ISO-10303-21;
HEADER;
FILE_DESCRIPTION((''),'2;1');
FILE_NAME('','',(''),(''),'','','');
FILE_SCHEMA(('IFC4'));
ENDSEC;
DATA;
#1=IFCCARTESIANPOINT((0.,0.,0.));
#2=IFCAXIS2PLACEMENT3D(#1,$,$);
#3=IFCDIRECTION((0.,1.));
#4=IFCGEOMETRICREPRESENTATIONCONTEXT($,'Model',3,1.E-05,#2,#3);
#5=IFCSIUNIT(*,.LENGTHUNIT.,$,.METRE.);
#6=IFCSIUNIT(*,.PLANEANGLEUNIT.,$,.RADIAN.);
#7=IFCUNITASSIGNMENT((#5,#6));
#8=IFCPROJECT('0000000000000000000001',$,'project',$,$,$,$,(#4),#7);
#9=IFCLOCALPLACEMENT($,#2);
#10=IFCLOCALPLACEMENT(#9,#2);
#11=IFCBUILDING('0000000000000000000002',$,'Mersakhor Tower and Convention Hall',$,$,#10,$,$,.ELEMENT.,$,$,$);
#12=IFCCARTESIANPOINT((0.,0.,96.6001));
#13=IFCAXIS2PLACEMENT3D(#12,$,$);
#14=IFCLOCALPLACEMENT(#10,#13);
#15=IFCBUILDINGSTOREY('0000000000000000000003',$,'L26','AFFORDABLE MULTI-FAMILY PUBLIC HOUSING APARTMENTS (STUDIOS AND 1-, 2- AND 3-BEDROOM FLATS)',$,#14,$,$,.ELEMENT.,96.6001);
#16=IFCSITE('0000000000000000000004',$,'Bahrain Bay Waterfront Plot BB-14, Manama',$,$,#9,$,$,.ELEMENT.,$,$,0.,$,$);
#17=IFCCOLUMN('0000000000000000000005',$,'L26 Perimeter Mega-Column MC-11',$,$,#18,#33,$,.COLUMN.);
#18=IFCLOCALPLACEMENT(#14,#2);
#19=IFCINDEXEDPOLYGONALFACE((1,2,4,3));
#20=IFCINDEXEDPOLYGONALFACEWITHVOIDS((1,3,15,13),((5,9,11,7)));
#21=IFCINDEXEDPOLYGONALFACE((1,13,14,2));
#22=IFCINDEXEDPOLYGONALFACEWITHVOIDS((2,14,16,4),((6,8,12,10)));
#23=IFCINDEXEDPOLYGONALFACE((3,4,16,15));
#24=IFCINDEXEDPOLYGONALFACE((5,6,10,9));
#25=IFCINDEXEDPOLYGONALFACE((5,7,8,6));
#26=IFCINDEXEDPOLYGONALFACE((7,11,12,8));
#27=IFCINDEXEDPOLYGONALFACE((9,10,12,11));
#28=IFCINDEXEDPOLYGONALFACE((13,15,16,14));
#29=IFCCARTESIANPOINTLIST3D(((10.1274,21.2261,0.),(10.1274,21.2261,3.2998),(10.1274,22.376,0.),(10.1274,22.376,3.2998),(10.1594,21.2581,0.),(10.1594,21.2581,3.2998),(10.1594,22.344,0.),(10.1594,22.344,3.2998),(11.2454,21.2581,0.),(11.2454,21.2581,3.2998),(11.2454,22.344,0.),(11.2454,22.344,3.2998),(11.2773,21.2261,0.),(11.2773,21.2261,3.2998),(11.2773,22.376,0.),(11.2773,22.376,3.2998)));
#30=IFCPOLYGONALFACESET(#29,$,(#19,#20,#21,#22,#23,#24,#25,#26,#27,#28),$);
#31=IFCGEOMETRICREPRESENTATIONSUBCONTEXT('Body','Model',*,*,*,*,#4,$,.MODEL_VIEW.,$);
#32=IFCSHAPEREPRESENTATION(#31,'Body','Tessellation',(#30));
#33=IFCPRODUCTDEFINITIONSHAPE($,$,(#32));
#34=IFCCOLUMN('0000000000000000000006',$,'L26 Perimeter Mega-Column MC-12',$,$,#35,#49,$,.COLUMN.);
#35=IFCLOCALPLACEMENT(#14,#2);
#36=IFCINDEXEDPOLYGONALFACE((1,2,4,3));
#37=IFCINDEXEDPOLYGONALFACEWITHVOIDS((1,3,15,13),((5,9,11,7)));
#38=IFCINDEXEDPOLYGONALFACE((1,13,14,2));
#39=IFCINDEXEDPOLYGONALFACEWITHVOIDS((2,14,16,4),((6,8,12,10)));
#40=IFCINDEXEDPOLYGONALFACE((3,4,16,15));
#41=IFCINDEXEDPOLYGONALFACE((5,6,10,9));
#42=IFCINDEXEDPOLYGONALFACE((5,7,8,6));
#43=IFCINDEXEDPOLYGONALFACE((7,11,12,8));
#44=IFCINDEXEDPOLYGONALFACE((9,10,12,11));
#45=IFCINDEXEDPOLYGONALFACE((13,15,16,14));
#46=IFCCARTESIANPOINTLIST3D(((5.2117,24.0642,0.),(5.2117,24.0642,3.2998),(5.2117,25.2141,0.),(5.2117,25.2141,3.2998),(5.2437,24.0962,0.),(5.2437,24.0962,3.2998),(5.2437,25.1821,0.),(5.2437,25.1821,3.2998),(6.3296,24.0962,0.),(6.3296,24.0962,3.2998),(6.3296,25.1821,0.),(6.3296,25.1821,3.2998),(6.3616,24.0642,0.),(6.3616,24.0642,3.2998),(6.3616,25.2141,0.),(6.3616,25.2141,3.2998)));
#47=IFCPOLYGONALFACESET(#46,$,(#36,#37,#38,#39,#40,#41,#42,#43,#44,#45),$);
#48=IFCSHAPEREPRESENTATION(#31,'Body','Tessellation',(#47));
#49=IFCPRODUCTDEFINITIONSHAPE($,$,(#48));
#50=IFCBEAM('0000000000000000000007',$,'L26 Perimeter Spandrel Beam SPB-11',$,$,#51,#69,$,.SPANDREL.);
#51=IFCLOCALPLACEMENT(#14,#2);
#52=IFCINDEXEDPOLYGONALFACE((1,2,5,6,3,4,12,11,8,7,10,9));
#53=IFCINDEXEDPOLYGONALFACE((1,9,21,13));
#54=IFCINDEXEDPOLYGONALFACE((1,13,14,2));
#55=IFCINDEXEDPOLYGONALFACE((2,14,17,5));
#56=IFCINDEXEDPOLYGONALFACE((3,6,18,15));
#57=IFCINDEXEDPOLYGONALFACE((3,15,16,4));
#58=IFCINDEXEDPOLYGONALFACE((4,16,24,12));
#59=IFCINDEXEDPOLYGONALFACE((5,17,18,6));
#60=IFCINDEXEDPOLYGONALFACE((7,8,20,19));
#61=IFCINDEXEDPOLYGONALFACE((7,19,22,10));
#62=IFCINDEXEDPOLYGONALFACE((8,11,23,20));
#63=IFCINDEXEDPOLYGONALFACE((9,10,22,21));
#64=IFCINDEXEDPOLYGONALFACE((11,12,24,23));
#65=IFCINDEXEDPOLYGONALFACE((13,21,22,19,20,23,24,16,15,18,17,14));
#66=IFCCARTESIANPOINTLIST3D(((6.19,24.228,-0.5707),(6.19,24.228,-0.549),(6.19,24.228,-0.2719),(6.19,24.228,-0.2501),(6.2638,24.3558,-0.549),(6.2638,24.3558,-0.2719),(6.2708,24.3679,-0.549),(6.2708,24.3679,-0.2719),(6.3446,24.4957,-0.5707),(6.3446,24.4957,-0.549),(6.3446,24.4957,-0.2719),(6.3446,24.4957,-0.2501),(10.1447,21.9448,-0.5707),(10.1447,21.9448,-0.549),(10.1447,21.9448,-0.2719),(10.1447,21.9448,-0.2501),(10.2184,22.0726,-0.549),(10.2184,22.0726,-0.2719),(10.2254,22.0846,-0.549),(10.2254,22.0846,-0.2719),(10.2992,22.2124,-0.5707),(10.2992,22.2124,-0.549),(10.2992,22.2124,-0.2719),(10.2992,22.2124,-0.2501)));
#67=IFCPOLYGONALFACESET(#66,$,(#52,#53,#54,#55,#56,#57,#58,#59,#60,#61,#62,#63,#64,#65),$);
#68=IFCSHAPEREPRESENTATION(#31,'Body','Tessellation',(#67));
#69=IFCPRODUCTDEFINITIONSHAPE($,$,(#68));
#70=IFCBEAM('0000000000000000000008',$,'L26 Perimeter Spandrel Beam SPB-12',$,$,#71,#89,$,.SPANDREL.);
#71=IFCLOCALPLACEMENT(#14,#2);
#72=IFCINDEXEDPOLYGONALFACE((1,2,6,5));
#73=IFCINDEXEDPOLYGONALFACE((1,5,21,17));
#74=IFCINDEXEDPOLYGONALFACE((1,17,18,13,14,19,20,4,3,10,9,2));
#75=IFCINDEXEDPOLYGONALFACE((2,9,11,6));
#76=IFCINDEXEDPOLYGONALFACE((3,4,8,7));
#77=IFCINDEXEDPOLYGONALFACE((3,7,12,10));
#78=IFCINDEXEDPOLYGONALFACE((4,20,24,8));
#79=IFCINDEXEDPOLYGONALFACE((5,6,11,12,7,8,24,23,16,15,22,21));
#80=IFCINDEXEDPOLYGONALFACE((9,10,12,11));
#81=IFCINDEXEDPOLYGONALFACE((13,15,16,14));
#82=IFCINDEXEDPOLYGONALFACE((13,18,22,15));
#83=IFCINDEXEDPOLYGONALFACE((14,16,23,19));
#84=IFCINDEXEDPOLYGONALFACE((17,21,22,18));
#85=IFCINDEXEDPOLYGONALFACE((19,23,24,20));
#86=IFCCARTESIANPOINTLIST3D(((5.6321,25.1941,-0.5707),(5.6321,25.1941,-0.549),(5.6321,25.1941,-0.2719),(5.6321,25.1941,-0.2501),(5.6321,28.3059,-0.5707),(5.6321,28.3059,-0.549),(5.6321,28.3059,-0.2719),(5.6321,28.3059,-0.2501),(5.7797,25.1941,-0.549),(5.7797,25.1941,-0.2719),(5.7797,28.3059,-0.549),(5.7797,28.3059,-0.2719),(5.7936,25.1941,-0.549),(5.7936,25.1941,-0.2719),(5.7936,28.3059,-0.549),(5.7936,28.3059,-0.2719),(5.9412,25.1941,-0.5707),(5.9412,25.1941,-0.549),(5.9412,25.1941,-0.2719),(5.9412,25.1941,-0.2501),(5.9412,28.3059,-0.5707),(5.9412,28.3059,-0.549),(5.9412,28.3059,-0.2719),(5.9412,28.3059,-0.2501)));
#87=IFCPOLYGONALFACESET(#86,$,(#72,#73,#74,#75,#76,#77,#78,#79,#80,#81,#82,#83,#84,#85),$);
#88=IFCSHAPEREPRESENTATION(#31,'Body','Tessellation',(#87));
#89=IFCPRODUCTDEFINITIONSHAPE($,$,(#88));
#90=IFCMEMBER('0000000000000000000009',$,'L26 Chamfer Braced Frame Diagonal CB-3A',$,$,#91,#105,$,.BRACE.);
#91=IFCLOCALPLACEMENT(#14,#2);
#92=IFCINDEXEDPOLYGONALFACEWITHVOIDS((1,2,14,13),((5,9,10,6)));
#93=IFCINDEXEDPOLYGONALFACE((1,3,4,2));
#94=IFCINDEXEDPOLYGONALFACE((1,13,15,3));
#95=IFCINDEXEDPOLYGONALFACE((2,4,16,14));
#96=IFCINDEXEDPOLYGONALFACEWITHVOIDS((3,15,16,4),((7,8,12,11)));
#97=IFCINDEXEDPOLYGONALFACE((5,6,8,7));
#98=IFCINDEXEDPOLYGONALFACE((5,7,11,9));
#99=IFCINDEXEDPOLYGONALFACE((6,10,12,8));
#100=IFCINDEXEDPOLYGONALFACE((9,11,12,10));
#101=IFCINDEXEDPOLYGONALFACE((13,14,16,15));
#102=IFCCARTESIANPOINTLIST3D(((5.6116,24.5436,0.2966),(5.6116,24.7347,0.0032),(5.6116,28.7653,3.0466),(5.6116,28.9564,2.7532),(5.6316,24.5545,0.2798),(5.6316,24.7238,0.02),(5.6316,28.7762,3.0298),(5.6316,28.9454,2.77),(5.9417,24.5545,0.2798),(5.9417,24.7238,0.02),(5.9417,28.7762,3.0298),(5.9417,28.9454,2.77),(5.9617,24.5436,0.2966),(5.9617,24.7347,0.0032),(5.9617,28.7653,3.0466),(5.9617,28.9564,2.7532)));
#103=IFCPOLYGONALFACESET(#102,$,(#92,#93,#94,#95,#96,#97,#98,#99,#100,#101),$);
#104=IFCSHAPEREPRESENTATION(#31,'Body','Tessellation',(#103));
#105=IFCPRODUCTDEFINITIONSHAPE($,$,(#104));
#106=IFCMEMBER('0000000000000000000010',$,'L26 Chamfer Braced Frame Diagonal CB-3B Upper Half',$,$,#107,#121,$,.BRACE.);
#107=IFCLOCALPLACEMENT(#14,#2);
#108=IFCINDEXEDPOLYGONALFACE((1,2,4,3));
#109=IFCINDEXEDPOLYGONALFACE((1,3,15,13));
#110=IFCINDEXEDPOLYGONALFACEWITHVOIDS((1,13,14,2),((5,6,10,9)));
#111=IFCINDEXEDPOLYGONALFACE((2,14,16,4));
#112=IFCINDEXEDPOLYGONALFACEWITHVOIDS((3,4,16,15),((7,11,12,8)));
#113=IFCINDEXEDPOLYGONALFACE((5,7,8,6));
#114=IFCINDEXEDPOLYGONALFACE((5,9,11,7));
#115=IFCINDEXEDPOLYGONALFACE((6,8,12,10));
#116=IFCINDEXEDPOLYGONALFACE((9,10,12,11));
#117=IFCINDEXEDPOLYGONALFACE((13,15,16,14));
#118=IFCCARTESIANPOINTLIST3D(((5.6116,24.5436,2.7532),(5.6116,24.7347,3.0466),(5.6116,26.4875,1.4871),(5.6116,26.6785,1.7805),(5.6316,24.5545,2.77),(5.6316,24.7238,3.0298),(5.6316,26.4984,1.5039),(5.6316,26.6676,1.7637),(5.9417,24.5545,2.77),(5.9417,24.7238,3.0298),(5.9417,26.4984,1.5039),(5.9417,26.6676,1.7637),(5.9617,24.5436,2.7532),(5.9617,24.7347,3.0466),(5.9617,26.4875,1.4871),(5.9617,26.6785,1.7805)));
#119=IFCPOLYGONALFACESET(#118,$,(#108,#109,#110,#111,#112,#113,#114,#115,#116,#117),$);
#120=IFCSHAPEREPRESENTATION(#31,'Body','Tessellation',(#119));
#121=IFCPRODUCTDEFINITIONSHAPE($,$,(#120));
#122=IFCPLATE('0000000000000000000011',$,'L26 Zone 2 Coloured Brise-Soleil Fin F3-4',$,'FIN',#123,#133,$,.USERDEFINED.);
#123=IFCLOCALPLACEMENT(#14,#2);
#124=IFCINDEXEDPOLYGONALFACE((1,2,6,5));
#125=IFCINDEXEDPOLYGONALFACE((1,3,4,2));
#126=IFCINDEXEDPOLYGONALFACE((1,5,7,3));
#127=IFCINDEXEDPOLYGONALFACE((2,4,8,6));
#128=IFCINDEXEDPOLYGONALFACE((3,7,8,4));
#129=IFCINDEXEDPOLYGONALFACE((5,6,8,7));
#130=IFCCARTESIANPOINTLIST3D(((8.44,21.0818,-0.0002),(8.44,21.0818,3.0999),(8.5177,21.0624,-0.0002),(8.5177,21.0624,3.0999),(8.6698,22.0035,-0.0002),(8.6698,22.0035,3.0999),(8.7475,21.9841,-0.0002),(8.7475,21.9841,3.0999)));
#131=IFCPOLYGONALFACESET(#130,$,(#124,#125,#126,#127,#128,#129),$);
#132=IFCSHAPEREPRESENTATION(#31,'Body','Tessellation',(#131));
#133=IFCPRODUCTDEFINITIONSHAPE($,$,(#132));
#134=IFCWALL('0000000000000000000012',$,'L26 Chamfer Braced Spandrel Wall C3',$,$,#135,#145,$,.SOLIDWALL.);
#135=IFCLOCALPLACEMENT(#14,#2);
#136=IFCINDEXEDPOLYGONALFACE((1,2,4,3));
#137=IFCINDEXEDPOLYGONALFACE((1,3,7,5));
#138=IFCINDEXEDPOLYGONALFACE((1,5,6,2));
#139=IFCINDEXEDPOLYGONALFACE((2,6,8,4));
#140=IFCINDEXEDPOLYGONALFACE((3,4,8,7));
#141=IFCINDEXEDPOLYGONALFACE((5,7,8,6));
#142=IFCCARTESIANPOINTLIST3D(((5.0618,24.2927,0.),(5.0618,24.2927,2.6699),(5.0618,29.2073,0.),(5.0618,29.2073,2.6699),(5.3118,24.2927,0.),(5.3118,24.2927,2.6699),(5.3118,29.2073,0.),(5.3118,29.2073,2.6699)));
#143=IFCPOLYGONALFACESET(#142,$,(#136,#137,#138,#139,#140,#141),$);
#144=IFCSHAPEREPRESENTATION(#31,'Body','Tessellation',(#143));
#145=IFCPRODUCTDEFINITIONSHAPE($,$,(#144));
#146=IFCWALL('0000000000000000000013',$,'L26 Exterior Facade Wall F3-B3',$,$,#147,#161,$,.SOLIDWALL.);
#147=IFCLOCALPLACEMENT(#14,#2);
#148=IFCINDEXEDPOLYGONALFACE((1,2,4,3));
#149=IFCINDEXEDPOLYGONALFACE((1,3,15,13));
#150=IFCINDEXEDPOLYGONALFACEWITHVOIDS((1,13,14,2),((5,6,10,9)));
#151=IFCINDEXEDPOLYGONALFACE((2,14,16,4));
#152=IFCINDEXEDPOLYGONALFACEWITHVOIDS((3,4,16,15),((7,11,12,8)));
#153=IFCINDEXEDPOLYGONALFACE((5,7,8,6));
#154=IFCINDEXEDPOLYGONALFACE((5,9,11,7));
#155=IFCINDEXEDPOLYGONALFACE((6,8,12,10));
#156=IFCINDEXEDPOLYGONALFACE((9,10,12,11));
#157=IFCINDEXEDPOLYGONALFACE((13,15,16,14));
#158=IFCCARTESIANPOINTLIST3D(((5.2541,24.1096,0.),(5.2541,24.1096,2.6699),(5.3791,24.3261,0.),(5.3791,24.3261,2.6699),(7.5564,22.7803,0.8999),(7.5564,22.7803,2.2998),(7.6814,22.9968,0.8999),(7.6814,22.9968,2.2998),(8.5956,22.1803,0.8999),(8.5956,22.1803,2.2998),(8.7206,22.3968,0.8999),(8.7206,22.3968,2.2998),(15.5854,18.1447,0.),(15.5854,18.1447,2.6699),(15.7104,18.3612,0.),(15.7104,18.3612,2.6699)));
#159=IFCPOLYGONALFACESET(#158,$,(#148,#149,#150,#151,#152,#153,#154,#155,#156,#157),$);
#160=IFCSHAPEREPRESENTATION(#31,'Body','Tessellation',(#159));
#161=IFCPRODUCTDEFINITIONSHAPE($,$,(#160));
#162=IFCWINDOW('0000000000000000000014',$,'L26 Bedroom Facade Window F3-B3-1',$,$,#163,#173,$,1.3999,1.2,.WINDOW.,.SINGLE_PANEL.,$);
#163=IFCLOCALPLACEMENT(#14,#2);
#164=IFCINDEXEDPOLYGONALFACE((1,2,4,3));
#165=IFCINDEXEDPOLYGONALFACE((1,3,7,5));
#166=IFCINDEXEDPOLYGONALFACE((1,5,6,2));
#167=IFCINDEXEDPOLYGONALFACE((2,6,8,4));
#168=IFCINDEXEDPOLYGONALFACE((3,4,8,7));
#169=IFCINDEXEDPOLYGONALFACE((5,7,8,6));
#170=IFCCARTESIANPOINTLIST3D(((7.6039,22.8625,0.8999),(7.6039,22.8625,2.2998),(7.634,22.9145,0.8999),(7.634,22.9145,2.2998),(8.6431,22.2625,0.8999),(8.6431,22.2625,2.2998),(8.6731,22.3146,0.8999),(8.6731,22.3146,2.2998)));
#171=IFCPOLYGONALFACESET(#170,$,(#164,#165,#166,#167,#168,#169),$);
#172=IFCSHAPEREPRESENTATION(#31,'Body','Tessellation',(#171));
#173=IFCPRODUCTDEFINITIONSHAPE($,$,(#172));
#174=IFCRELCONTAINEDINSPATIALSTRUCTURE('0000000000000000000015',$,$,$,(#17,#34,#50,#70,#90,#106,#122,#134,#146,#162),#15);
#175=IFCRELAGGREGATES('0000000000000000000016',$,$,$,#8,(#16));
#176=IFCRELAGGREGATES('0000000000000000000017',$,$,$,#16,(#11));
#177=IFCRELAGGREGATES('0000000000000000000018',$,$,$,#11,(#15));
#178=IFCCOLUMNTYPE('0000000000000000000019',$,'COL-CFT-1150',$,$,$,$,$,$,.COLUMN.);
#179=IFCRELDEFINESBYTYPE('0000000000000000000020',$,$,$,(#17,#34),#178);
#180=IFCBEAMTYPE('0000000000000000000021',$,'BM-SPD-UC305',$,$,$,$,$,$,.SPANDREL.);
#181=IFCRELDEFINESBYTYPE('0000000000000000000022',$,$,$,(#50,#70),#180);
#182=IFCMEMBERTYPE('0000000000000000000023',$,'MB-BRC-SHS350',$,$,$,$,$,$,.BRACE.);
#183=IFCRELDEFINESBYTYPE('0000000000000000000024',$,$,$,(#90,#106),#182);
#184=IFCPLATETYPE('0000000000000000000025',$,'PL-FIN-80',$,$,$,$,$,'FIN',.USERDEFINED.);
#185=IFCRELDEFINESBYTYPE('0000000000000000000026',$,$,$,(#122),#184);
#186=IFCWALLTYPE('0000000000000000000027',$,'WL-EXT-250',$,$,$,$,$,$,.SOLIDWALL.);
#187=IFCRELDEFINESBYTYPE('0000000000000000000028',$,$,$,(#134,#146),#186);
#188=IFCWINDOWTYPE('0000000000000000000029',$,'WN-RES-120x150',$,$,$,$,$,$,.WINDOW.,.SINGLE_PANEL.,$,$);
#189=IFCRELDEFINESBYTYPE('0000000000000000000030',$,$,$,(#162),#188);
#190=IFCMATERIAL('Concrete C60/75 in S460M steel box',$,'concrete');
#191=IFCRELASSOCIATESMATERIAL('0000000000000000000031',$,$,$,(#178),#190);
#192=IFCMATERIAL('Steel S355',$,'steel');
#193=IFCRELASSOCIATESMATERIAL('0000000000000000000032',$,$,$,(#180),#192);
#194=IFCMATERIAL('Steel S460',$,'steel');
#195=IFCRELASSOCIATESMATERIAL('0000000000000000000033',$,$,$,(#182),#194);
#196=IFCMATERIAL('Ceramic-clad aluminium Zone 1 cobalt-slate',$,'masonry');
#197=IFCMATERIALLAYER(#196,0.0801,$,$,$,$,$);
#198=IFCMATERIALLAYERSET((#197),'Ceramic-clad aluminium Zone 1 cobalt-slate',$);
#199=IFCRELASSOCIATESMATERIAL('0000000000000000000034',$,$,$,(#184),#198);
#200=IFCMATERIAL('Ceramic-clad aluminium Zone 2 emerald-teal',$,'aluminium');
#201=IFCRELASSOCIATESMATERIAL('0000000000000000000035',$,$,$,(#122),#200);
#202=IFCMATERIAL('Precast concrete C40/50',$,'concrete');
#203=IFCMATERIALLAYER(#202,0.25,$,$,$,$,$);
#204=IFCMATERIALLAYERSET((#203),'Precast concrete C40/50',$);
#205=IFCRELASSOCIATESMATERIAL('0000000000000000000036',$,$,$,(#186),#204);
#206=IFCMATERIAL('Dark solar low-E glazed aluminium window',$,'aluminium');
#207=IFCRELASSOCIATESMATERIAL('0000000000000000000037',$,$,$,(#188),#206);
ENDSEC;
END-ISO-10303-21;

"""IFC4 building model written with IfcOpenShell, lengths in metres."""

from ifc_helpers import new_model, si_unit, direction, frame, frame_2d, origin, origin_2d, place, context, subcontext, project, spatial, rectangle, hollow_rectangle, i_section, extrude, material, layer, layer_set, material_profile, profile_set, type_object, element, fill, save


model = new_model("IFC4")

# Units and contexts
model_context = context("Model", 3, precision=1e-05, world=origin(), true_north=direction((0.0, 1.0)))
body_context = subcontext(model_context, "Body", "Model", "MODEL_VIEW")
ifc_project = project(units=[si_unit("LENGTHUNIT", "METRE"), si_unit("PLANEANGLEUNIT", "RADIAN")], contexts=[model_context])

# Site, building, storey
site_placement = place(None, origin())
site = spatial("IfcSite", under=ifc_project, at=site_placement, Name="Bahrain Bay Waterfront Plot BB-14, Manama", CompositionType="ELEMENT", RefElevation=0.0)
building_placement = place(site_placement, origin())
building = spatial("IfcBuilding", under=site, at=building_placement, Name="Mersakhor Tower and Convention Hall", CompositionType="ELEMENT")
storey_placement = place(building_placement, frame((0.0, 0.0, 96.6001)))
storey = spatial("IfcBuildingStorey", under=building, at=storey_placement, Name="L26", Description="AFFORDABLE MULTI-FAMILY PUBLIC HOUSING APARTMENTS (STUDIOS AND 1-, 2- AND 3-BEDROOM FLATS)", CompositionType="ELEMENT", Elevation=96.6001)

# Columns
ifc_material_1 = material(Name="Concrete C60/75 in S460M steel box", Category="concrete")
ifc_material_profile_1 = material_profile(ifc_material_1, hollow_rectangle(XDim=1.1499, YDim=1.1499, WallThickness=0.032, at=origin_2d()), Name="SHS 1150x1150x32")
ifc_profile_set_1 = profile_set([ifc_material_profile_1], Name="Concrete C60/75 in S460M steel box")
column_type = type_object("IfcColumnType", Name="COL-CFT-1150", PredefinedType="COLUMN", material=ifc_profile_set_1)
for number, where, z_axis, x_axis, name in (
    (1, (10.7024, 21.801, 0.0), (0.0, 0.0, 1.0), (1.0, 0.0, 0.0), "L26 Perimeter Mega-Column MC-11"),
    (2, (5.7866, 24.6392, 0.0), (0.0, 0.0, 1.0), (1.0, 0.0, 0.0), "L26 Perimeter Mega-Column MC-12"),
):
    element("IfcColumn", number, at=place(storey_placement, frame(where, z_axis=z_axis, x_axis=x_axis)), inside=storey, type_object=column_type, Name=name, PredefinedType="COLUMN", context=body_context, shape_type="SweptSolid", body=[
        extrude(hollow_rectangle(XDim=1.1499, YDim=1.1499, WallThickness=0.032, at=origin_2d()), origin(), (0.0, 0.0, 1.0), 3.2998),
    ])

# Beams
ifc_material_2 = material(Name="Steel S355", Category="steel")
ifc_material_profile_2 = material_profile(ifc_material_2, i_section(OverallWidth=0.3091, OverallDepth=0.3206, WebThickness=0.0139, FlangeThickness=0.0217, at=origin_2d()), Name="UC 305x305x137")
ifc_profile_set_2 = profile_set([ifc_material_profile_2], Name="Steel S355")
beam_type = type_object("IfcBeamType", Name="BM-SPD-UC305", PredefinedType="SPANDREL", material=ifc_profile_set_2)
beam_1_placement = place(storey_placement, frame((10.2219, 22.0786, -0.4104), z_axis=(-0.866024, 0.500003, 0.0), x_axis=(-0.500003, -0.866024, 0.0)))
element("IfcBeam", 3, at=beam_1_placement, inside=storey, type_object=beam_type, Name="L26 Perimeter Spandrel Beam SPB-11", PredefinedType="SPANDREL", context=body_context, shape_type="SweptSolid", body=[
    extrude(i_section(OverallWidth=0.3091, OverallDepth=0.3206, WebThickness=0.0139, FlangeThickness=0.0217, at=origin_2d()), origin(), (0.0, 0.0, 1.0), 4.5664),
])
beam_2_placement = place(storey_placement, frame((5.7866, 25.1941, -0.4104), z_axis=(0.0, 1.0, 0.0), x_axis=(-1.0, 0.0, 0.0)))
element("IfcBeam", 4, at=beam_2_placement, inside=storey, type_object=beam_type, Name="L26 Perimeter Spandrel Beam SPB-12", PredefinedType="SPANDREL", context=body_context, shape_type="SweptSolid", body=[
    extrude(i_section(OverallWidth=0.3091, OverallDepth=0.3206, WebThickness=0.0139, FlangeThickness=0.0217, at=origin_2d()), origin(), (0.0, 0.0, 1.0), 3.1118),
])

# Members
ifc_material_3 = material(Name="Steel S460", Category="steel")
ifc_material_profile_3 = material_profile(ifc_material_3, hollow_rectangle(XDim=0.3501, YDim=0.3501, WallThickness=0.02, at=origin_2d()), Name="SHS 350x350x20")
ifc_profile_set_3 = profile_set([ifc_material_profile_3], Name="Steel S460")
member_type = type_object("IfcMemberType", Name="MB-BRC-SHS350", PredefinedType="BRACE", material=ifc_profile_set_3)
member_1_placement = place(storey_placement, frame((5.7866, 24.6392, 0.1499), z_axis=(0.0, 0.837907, 0.545812), x_axis=(-1.0, 0.0, 0.0)))
element("IfcMember", 5, at=member_1_placement, inside=storey, type_object=member_type, Name="L26 Chamfer Braced Frame Diagonal CB-3A", PredefinedType="BRACE", context=body_context, shape_type="SweptSolid", body=[
    extrude(hollow_rectangle(XDim=0.3501, YDim=0.3501, WallThickness=0.02, at=origin_2d()), origin(), (0.0, 0.0, 1.0), 5.0383),
])
member_2_placement = place(storey_placement, frame((5.7866, 26.583, 1.6338), z_axis=(0.0, -0.837929, 0.54578), x_axis=(1.0, 0.0, 0.0)))
element("IfcMember", 6, at=member_2_placement, inside=storey, type_object=member_type, Name="L26 Chamfer Braced Frame Diagonal CB-3B Upper Half", PredefinedType="BRACE", context=body_context, shape_type="SweptSolid", body=[
    extrude(hollow_rectangle(XDim=0.3501, YDim=0.3501, WallThickness=0.02, at=origin_2d()), origin(), (0.0, 0.0, 1.0), 2.3198),
])

# Plate
ifc_material_4 = material(Name="Ceramic-clad aluminium Zone 2 emerald-teal", Category="aluminium")
ifc_material_5 = material(Name="Ceramic-clad aluminium Zone 1 cobalt-slate", Category="masonry")
ifc_layer_1 = layer(ifc_material_5, 0.0801)
ifc_layer_set_1 = layer_set([ifc_layer_1], Name="Ceramic-clad aluminium Zone 1 cobalt-slate")
plate_type = type_object("IfcPlateType", Name="PL-FIN-80", ElementType="FIN", PredefinedType="USERDEFINED", material=ifc_layer_set_1)
plate_placement = place(storey_placement, frame((8.5938, 21.533, -0.0002), z_axis=(0.0, 0.0, 1.0), x_axis=(-0.241922, -0.970296, 0.0)))
element("IfcPlate", 7, at=plate_placement, inside=storey, type_object=plate_type, material=ifc_material_4, Name="L26 Zone 2 Coloured Brise-Soleil Fin F3-4", ObjectType="FIN", PredefinedType="USERDEFINED", context=body_context, shape_type="SweptSolid", body=[
    extrude(rectangle(XDim=0.95, YDim=0.0801, at=origin_2d()), origin(), (0.0, 0.0, 1.0), 3.1001),
])

# Wall
ifc_material_6 = material(Name="Precast concrete C40/50", Category="concrete")
ifc_layer_2 = layer(ifc_material_6, 0.25)
ifc_layer_set_2 = layer_set([ifc_layer_2], Name="Precast concrete C40/50")
wall_type_1 = type_object("IfcWallType", Name="WL-EXT-250", PredefinedType="SOLIDWALL", material=ifc_layer_set_2)
wall_1_placement = place(storey_placement, frame((5.1868, 24.2927, 0.0), z_axis=(0.0, 0.0, 1.0), x_axis=(0.0, 1.0, 0.0)))
element("IfcWall", 8, at=wall_1_placement, inside=storey, type_object=wall_type_1, Name="L26 Chamfer Braced Spandrel Wall C3", PredefinedType="SOLIDWALL", context=body_context, shape_type="SweptSolid", body=[
    extrude(rectangle(XDim=4.9146, YDim=0.25, at=frame_2d((2.4573, 0.0))), origin(), (0.0, 0.0, 1.0), 2.6699),
])

# Wall, opening, window
wall_2_placement = place(storey_placement, frame((15.6479, 18.2529, 0.0), z_axis=(0.0, 0.0, 1.0), x_axis=(-0.866023, 0.500004, 0.0)))
wall_2 = element("IfcWall", 9, at=wall_2_placement, inside=storey, type_object=wall_type_1, Name="L26 Exterior Facade Wall F3-B3", PredefinedType="SOLIDWALL", context=body_context, shape_type="SweptSolid", body=[
    extrude(rectangle(XDim=11.9297, YDim=0.25, at=frame_2d((5.9648, 0.0))), origin(), (0.0, 0.0, 1.0), 2.6699),
])
opening_1_placement = place(wall_2_placement, frame((8.071, 0.0, 0.8999)))
opening_1 = element("IfcOpeningElement", 10, at=opening_1_placement, cuts=wall_2, PredefinedType="OPENING", context=body_context, shape_type="SweptSolid", body=[
    extrude(rectangle(XDim=1.2, YDim=1.3999, at=frame_2d((0.6001, 0.7))), frame((0.0, 0.135, 0.0), z_axis=(0.0, -1.0, 0.0), x_axis=(1.0, 0.0, 0.0)), (0.0, 0.0, 1.0), 0.27),
])
ifc_material_7 = material(Name="Dark solar low-E glazed aluminium window", Category="aluminium")
window_type = type_object("IfcWindowType", Name="WN-RES-120x150", PartitioningType="SINGLE_PANEL", PredefinedType="WINDOW", material=ifc_material_7)
window_placement = place(opening_1_placement, origin())
window = element("IfcWindow", 11, at=window_placement, inside=storey, type_object=window_type, Name="L26 Bedroom Facade Window F3-B3-1", OverallHeight=1.3999, OverallWidth=1.2, PartitioningType="SINGLE_PANEL", PredefinedType="WINDOW", context=body_context, shape_type="SweptSolid", body=[
    extrude(rectangle(XDim=1.2, YDim=1.3999, at=frame_2d((0.6001, 0.7))), frame((0.0, 0.03, 0.0), z_axis=(0.0, -1.0, 0.0), x_axis=(1.0, 0.0, 0.0)), (0.0, 0.0, 1.0), 0.0601),
])
fill(opening_1, window)

save(model, "model.ifc")
